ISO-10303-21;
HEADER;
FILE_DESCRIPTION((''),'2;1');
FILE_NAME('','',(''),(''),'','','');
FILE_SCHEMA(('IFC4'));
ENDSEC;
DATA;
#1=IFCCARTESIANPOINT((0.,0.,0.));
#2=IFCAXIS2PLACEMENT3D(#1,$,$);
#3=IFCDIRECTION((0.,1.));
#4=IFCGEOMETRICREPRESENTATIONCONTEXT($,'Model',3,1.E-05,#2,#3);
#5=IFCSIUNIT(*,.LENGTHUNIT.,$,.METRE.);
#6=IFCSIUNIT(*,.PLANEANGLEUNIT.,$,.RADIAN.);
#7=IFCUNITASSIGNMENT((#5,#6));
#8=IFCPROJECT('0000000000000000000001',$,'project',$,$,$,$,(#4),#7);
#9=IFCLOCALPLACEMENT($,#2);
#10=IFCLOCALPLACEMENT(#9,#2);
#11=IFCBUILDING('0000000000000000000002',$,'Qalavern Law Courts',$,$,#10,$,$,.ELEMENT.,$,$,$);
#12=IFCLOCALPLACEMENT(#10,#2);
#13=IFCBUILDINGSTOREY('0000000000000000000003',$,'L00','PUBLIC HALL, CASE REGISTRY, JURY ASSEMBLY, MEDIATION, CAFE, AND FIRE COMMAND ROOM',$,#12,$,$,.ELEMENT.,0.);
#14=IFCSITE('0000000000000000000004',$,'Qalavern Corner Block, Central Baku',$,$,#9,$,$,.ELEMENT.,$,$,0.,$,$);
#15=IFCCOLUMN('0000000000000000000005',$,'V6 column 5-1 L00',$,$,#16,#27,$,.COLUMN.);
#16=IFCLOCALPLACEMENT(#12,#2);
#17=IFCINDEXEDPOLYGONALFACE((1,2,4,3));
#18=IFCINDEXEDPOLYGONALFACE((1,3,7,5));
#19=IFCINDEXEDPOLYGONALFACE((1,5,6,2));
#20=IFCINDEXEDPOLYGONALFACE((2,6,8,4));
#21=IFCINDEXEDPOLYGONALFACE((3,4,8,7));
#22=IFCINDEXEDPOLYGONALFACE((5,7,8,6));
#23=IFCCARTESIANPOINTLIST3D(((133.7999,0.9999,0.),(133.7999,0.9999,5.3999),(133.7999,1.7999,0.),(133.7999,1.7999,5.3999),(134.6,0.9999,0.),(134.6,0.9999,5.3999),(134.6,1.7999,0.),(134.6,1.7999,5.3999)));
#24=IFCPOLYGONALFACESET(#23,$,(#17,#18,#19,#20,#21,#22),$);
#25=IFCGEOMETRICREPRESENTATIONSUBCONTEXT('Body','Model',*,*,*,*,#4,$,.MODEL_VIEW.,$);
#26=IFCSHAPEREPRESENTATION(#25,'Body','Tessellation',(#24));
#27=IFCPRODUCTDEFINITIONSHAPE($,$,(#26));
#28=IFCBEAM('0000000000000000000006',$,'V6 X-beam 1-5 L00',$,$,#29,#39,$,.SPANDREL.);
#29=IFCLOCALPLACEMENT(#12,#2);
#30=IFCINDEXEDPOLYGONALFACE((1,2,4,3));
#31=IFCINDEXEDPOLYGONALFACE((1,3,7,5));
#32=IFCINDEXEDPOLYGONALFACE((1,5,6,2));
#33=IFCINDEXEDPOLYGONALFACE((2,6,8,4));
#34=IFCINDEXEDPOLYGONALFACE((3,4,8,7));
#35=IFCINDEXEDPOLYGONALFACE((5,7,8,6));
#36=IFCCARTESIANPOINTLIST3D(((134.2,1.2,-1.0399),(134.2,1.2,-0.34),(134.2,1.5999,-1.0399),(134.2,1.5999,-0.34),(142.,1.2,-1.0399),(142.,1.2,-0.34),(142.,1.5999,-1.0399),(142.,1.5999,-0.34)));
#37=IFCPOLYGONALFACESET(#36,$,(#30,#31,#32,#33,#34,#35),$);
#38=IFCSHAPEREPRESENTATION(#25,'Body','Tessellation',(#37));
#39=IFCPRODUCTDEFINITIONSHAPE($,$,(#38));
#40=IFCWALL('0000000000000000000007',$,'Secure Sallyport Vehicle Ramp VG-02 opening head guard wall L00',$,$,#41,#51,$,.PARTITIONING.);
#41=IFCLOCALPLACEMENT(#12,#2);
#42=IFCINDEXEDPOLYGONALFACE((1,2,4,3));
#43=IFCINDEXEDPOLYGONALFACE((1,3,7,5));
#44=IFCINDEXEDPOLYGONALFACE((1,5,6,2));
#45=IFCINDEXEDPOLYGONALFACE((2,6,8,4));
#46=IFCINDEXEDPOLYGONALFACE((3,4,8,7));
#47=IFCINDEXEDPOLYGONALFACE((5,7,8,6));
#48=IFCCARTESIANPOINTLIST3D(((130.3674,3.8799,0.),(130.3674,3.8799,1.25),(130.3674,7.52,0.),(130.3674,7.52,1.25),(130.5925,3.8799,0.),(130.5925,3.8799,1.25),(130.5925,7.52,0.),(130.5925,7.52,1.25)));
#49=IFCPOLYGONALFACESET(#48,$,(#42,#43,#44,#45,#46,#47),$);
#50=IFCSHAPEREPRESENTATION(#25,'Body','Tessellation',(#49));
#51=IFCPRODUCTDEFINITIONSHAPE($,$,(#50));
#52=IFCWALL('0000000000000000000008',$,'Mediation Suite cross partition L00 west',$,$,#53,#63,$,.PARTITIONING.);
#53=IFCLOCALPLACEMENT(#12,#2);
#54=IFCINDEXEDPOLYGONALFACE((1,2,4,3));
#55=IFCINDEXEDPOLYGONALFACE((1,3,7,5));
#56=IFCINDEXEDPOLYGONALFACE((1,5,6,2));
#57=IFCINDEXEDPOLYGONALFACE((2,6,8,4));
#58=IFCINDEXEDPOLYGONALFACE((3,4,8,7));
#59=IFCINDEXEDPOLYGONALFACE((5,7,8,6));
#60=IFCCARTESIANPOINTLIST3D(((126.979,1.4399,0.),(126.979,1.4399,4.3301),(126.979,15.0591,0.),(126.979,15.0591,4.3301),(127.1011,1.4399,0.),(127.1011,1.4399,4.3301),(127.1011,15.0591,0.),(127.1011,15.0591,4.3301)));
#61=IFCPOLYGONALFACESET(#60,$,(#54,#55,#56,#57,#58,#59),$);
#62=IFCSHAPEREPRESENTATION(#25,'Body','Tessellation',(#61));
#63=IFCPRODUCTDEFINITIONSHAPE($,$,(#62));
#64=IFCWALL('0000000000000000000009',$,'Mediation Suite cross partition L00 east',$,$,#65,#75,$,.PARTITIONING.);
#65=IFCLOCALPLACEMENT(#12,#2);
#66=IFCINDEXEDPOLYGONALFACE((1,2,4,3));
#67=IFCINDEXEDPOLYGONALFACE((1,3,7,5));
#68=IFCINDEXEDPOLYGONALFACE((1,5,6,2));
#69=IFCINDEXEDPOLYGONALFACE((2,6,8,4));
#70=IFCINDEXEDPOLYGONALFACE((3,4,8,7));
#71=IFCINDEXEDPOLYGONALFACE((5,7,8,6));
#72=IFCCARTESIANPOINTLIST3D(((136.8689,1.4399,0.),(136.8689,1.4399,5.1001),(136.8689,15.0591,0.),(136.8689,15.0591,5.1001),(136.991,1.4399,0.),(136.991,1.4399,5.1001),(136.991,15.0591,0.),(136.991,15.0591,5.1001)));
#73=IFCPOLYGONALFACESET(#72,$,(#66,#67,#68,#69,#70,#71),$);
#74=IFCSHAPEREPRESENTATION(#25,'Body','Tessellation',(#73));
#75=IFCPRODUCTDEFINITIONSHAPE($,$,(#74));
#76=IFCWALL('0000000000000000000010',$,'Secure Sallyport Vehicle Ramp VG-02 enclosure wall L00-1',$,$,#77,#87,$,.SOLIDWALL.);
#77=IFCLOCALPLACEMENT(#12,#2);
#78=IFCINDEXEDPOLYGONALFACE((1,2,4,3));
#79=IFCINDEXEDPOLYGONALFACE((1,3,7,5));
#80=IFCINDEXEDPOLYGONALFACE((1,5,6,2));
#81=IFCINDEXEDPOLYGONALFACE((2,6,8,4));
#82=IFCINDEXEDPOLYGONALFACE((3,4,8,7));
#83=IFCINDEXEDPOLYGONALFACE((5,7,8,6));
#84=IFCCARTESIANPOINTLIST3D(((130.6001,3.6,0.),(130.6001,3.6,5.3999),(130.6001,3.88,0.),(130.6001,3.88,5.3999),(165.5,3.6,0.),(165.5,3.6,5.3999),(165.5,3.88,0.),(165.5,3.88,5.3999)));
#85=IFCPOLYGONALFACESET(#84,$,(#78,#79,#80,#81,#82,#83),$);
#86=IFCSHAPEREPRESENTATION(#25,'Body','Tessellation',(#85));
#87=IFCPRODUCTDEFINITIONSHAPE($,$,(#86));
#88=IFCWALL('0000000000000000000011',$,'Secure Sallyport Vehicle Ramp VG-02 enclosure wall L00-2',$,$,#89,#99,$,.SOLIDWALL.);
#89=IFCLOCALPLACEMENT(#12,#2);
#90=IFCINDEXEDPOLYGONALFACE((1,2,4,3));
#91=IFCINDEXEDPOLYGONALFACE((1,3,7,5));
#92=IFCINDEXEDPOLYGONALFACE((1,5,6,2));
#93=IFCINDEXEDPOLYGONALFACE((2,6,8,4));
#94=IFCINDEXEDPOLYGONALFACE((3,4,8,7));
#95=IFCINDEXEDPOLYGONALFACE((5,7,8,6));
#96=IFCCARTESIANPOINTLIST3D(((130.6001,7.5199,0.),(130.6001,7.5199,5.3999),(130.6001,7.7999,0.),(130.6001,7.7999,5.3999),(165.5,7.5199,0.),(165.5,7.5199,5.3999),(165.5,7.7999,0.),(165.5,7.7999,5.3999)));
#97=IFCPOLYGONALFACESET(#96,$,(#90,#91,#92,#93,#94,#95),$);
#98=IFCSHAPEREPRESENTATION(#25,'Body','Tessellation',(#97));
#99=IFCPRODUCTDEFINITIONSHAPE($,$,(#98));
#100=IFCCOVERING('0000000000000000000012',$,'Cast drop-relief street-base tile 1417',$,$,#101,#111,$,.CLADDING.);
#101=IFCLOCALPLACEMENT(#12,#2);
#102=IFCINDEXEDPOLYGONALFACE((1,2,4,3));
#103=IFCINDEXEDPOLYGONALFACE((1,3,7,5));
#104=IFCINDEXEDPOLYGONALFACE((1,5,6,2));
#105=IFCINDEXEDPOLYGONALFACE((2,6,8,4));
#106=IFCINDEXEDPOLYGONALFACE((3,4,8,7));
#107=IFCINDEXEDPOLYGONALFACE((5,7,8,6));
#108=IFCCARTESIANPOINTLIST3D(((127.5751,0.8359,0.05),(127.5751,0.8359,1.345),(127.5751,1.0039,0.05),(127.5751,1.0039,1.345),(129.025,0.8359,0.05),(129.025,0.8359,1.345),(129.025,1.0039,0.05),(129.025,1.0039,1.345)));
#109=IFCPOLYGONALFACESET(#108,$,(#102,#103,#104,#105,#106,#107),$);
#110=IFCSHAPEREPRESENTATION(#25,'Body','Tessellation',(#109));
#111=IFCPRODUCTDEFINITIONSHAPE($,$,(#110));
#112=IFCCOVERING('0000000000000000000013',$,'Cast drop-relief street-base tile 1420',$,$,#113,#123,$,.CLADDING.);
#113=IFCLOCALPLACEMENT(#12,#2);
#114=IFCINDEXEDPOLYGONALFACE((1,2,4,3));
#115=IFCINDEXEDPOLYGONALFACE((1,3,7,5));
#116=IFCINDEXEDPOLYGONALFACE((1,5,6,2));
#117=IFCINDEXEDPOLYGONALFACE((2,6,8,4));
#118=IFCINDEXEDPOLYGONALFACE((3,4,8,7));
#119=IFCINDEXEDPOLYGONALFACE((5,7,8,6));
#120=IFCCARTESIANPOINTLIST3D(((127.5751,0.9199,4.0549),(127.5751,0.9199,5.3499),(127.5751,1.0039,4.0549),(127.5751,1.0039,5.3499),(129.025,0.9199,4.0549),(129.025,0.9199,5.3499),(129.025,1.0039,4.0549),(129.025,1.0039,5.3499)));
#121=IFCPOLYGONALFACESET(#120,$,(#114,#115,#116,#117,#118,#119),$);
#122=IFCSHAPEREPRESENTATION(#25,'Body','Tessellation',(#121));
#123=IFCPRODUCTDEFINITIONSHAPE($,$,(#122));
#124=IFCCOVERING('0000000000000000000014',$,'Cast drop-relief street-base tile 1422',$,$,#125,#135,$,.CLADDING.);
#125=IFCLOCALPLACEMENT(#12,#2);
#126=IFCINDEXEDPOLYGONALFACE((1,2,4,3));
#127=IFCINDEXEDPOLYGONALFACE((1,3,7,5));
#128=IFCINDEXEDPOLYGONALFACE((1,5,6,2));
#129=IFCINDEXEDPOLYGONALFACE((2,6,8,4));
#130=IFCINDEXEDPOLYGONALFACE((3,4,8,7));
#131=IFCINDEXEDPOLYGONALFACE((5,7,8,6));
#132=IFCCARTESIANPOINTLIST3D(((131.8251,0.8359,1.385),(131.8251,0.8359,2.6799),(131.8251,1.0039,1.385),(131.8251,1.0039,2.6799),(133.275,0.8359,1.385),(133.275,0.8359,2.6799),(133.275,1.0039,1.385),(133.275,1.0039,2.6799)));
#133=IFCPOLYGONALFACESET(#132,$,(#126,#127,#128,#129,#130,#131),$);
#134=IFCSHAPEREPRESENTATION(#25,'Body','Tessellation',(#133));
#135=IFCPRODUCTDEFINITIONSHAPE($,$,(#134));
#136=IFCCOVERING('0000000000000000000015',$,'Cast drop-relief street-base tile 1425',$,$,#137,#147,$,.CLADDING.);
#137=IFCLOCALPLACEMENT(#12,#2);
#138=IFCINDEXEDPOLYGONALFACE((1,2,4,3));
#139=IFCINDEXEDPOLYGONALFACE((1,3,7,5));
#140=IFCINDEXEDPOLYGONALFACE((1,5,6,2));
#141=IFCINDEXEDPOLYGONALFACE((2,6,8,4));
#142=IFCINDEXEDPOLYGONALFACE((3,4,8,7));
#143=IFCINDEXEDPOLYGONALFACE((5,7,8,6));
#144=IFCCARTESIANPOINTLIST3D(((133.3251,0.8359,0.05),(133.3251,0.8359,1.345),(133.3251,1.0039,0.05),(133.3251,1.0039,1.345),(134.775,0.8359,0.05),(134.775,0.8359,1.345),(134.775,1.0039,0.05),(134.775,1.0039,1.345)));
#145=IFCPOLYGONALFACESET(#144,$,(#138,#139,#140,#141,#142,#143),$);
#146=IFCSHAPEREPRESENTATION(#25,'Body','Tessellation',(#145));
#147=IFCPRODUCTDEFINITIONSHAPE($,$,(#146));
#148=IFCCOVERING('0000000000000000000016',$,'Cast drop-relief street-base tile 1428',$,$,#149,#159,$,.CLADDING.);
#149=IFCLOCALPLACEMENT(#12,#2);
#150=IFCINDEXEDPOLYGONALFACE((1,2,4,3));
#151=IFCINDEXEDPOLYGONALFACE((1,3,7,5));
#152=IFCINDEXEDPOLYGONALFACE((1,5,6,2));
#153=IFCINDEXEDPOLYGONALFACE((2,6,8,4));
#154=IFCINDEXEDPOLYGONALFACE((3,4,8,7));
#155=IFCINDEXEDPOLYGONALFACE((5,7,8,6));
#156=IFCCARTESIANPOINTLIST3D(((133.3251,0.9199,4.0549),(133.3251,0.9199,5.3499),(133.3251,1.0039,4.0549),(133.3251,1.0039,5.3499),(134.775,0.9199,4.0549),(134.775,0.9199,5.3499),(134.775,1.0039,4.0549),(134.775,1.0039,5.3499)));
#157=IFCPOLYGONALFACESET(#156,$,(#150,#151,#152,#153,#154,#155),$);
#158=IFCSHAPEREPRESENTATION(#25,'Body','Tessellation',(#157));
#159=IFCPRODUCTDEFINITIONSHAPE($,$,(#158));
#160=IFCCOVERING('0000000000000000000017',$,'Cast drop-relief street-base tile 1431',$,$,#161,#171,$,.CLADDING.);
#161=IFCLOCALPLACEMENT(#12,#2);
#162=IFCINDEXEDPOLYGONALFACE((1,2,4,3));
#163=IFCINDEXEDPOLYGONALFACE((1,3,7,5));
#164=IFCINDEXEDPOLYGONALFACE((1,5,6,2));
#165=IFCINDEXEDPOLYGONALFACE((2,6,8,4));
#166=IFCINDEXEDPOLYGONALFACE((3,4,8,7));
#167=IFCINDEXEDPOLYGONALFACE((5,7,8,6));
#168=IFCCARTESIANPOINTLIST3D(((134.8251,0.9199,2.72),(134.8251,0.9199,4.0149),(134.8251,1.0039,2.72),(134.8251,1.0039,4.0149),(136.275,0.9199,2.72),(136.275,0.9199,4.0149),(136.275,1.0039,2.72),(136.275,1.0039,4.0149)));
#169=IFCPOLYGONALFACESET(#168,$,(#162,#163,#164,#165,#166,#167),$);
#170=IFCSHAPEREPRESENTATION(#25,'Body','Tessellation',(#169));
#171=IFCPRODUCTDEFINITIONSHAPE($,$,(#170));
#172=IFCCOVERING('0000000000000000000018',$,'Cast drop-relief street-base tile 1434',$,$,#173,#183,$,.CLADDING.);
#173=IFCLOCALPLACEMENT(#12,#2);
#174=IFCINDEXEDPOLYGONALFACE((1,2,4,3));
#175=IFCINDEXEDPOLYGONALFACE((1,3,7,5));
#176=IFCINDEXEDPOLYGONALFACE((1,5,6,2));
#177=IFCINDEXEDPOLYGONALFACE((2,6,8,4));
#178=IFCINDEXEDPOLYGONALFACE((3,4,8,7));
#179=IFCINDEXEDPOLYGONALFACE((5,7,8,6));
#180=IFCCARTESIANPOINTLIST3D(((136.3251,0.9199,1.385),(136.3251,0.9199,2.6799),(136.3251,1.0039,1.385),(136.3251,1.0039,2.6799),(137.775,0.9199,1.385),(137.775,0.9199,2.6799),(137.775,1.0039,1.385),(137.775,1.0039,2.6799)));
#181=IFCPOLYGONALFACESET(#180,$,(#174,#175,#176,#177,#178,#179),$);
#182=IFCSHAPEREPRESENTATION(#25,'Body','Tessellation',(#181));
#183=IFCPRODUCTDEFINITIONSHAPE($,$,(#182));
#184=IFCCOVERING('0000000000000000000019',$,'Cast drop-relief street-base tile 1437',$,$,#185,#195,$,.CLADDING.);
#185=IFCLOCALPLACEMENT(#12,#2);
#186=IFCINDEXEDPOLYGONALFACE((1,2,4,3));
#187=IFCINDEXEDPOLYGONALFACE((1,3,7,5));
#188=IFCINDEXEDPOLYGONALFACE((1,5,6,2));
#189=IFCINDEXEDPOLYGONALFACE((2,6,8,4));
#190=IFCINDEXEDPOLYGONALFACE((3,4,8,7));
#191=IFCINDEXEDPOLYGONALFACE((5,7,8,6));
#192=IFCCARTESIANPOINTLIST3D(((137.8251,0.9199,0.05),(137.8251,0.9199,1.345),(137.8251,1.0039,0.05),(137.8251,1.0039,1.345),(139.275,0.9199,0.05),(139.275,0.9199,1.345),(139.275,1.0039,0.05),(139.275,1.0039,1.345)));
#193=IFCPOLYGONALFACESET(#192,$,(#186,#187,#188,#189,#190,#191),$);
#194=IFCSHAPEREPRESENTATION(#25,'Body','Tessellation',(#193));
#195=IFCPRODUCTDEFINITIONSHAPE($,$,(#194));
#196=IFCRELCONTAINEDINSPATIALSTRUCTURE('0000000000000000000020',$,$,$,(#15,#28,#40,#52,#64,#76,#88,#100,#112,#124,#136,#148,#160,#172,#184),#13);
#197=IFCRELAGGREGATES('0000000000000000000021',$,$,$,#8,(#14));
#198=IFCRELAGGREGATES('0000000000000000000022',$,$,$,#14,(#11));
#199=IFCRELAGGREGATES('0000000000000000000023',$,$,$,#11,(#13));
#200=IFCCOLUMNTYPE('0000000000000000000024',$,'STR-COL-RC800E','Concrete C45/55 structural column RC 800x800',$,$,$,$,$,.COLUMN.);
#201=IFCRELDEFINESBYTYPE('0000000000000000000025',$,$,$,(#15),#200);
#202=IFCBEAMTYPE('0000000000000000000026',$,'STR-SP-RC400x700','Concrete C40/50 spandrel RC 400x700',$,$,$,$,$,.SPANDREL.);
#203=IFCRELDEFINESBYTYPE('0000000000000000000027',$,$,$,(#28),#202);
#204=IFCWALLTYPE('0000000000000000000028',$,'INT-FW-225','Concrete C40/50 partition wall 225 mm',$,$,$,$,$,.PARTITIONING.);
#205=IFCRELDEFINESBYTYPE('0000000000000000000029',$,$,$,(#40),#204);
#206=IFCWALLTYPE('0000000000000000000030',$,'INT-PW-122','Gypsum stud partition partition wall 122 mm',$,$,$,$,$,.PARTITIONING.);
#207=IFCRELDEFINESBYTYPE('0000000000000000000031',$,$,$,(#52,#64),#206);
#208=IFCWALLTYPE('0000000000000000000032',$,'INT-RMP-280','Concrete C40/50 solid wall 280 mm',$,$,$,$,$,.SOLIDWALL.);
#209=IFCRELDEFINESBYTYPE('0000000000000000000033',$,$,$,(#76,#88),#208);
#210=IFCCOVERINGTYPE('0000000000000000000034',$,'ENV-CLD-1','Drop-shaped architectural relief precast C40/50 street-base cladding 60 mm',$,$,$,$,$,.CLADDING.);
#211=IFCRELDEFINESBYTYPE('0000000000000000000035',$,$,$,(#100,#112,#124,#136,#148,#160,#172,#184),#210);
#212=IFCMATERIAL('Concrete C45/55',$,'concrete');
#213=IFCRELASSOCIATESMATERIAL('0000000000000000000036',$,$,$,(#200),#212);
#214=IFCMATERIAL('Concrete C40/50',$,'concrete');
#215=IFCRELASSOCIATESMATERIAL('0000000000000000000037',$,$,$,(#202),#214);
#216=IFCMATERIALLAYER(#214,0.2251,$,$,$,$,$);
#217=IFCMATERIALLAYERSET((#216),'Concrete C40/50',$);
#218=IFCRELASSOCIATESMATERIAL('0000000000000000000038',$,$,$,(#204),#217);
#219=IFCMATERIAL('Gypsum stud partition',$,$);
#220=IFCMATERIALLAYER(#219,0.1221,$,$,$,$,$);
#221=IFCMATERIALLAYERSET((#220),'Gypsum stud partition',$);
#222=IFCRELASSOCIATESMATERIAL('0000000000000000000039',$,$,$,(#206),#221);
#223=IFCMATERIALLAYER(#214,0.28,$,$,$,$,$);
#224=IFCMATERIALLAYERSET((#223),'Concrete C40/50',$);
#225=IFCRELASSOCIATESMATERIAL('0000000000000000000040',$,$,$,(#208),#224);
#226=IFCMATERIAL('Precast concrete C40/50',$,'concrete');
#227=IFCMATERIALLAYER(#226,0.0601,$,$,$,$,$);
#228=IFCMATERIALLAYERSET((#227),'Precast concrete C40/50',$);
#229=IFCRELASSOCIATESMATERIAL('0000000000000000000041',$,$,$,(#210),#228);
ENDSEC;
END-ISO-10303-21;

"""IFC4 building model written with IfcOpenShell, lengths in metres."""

from ifc_helpers import new_model, si_unit, direction, frame, frame_2d, origin, origin_2d, place, context, subcontext, project, spatial, rectangle, extrude, material, layer, layer_set, material_profile, profile_set, type_object, element, save


model = new_model("IFC4")

# Units and contexts
model_context = context("Model", 3, precision=1e-05, world=origin(), true_north=direction((0.0, 1.0)))
body_context = subcontext(model_context, "Body", "Model", "MODEL_VIEW")
ifc_project = project(units=[si_unit("LENGTHUNIT", "METRE"), si_unit("PLANEANGLEUNIT", "RADIAN")], contexts=[model_context])

# Site, building, storey
site_placement = place(None, origin())
site = spatial("IfcSite", under=ifc_project, at=site_placement, Name="Qalavern Corner Block, Central Baku", CompositionType="ELEMENT", RefElevation=0.0)
building_placement = place(site_placement, origin())
building = spatial("IfcBuilding", under=site, at=building_placement, Name="Qalavern Law Courts", CompositionType="ELEMENT")
storey_placement = place(building_placement, origin())
storey = spatial("IfcBuildingStorey", under=building, at=storey_placement, Name="L00", Description="PUBLIC HALL, CASE REGISTRY, JURY ASSEMBLY, MEDIATION, CAFE, AND FIRE COMMAND ROOM", CompositionType="ELEMENT", Elevation=0.0)

# Column
ifc_material_1 = material(Name="Concrete C45/55", Category="concrete")
ifc_material_profile_1 = material_profile(ifc_material_1, rectangle(XDim=0.8, YDim=0.8, at=origin_2d()), Name="RC 800x800")
ifc_profile_set_1 = profile_set([ifc_material_profile_1], Name="Concrete C45/55")
column_type = type_object("IfcColumnType", Name="STR-COL-RC800E", Description="Concrete C45/55 structural column RC 800x800", PredefinedType="COLUMN", material=ifc_profile_set_1)
column_placement = place(storey_placement, frame((134.2, 1.3999, 0.0), z_axis=(0.0, 0.0, 1.0), x_axis=(1.0, 0.0, 0.0)))
element("IfcColumn", 1, at=column_placement, inside=storey, type_object=column_type, Name="V6 column 5-1 L00", PredefinedType="COLUMN", context=body_context, shape_type="SweptSolid", body=[
    extrude(rectangle(XDim=0.8, YDim=0.8, at=origin_2d()), origin(), (0.0, 0.0, 1.0), 5.3999),
])

# Beam
ifc_material_2 = material(Name="Concrete C40/50", Category="concrete")
ifc_material_profile_2 = material_profile(ifc_material_2, rectangle(XDim=0.3999, YDim=0.7, at=origin_2d()), Name="RC 400x700")
ifc_profile_set_2 = profile_set([ifc_material_profile_2], Name="Concrete C40/50")
beam_type = type_object("IfcBeamType", Name="STR-SP-RC400x700", Description="Concrete C40/50 spandrel RC 400x700", PredefinedType="SPANDREL", material=ifc_profile_set_2)
beam_placement = place(storey_placement, frame((134.2, 1.3999, -0.6899), z_axis=(1.0, 0.0, 0.0), x_axis=(0.0, 1.0, 0.0)))
element("IfcBeam", 2, at=beam_placement, inside=storey, type_object=beam_type, Name="V6 X-beam 1-5 L00", PredefinedType="SPANDREL", context=body_context, shape_type="SweptSolid", body=[
    extrude(rectangle(XDim=0.3999, YDim=0.7, at=origin_2d()), origin(), (0.0, 0.0, 1.0), 7.8),
])

# Walls
ifc_layer_1 = layer(ifc_material_2, 0.2251)
ifc_layer_set_1 = layer_set([ifc_layer_1], Name="Concrete C40/50")
wall_type_1 = type_object("IfcWallType", Name="INT-FW-225", Description="Concrete C40/50 partition wall 225 mm", PredefinedType="PARTITIONING", material=ifc_layer_set_1)
wall_1_placement = place(storey_placement, frame((130.48, 3.8799, 0.0), z_axis=(0.0, 0.0, 1.0), x_axis=(0.0, 1.0, 0.0)))
element("IfcWall", 3, at=wall_1_placement, inside=storey, type_object=wall_type_1, Name="Secure Sallyport Vehicle Ramp VG-02 opening head guard wall L00", PredefinedType="PARTITIONING", context=body_context, shape_type="SweptSolid", body=[
    extrude(rectangle(XDim=3.6401, YDim=0.2251, at=frame_2d((1.8201, 0.0))), origin(), (0.0, 0.0, 1.0), 1.25),
])
ifc_material_3 = material(Name="Gypsum stud partition")
ifc_layer_2 = layer(ifc_material_3, 0.1221)
ifc_layer_set_2 = layer_set([ifc_layer_2], Name="Gypsum stud partition")
wall_type_2 = type_object("IfcWallType", Name="INT-PW-122", Description="Gypsum stud partition partition wall 122 mm", PredefinedType="PARTITIONING", material=ifc_layer_set_2)
wall_2_placement = place(storey_placement, frame((127.04, 1.4399, 0.0), z_axis=(0.0, 0.0, 1.0), x_axis=(0.0, 1.0, 0.0)))
element("IfcWall", 4, at=wall_2_placement, inside=storey, type_object=wall_type_2, Name="Mediation Suite cross partition L00 west", PredefinedType="PARTITIONING", context=body_context, shape_type="SweptSolid", body=[
    extrude(rectangle(XDim=13.6191, YDim=0.1221, at=frame_2d((6.8096, 0.0))), origin(), (0.0, 0.0, 1.0), 4.3301),
])
wall_3_placement = place(storey_placement, frame((136.9299, 1.4399, 0.0), z_axis=(0.0, 0.0, 1.0), x_axis=(0.0, 1.0, 0.0)))
element("IfcWall", 5, at=wall_3_placement, inside=storey, type_object=wall_type_2, Name="Mediation Suite cross partition L00 east", PredefinedType="PARTITIONING", context=body_context, shape_type="SweptSolid", body=[
    extrude(rectangle(XDim=13.6191, YDim=0.1221, at=frame_2d((6.8096, 0.0))), origin(), (0.0, 0.0, 1.0), 5.1001),
])
ifc_layer_3 = layer(ifc_material_2, 0.28)
ifc_layer_set_3 = layer_set([ifc_layer_3], Name="Concrete C40/50")
wall_type_3 = type_object("IfcWallType", Name="INT-RMP-280", Description="Concrete C40/50 solid wall 280 mm", PredefinedType="SOLIDWALL", material=ifc_layer_set_3)
for number, where, z_axis, x_axis, name in (
    (6, (130.6001, 3.74, 0.0), (0.0, 0.0, 1.0), (1.0, 0.0, 0.0), "Secure Sallyport Vehicle Ramp VG-02 enclosure wall L00-1"),
    (7, (130.6001, 7.6599, 0.0), (0.0, 0.0, 1.0), (1.0, 0.0, 0.0), "Secure Sallyport Vehicle Ramp VG-02 enclosure wall L00-2"),
):
    element("IfcWall", number, at=place(storey_placement, frame(where, z_axis=z_axis, x_axis=x_axis)), inside=storey, type_object=wall_type_3, Name=name, PredefinedType="SOLIDWALL", context=body_context, shape_type="SweptSolid", body=[
        extrude(rectangle(XDim=34.8999, YDim=0.28, at=frame_2d((17.45, 0.0))), origin(), (0.0, 0.0, 1.0), 5.3999),
    ])

# Coverings
ifc_material_4 = material(Name="Precast concrete C40/50", Category="concrete")
ifc_layer_4 = layer(ifc_material_4, 0.0601)
ifc_layer_set_4 = layer_set([ifc_layer_4], Name="Precast concrete C40/50")
covering_type_1 = type_object("IfcCoveringType", Name="ENV-CLD-1", Description="Drop-shaped architectural relief precast C40/50 street-base cladding 60 mm", PredefinedType="CLADDING", material=ifc_layer_set_4)
covering_1_placement = place(storey_placement, frame((128.3, 0.9199, 0.05), z_axis=(0.0, 0.0, 1.0), x_axis=(1.0, 0.0, 0.0)))
element("IfcCovering", 8, at=covering_1_placement, inside=storey, type_object=covering_type_1, Name="Cast drop-relief street-base tile 1417", PredefinedType="CLADDING", context=body_context, shape_type="SweptSolid", body=[
    extrude(rectangle(XDim=1.45, YDim=0.168, at=origin_2d()), origin(), (0.0, 0.0, 1.0), 1.2949),
])
covering_2_placement = place(storey_placement, frame((128.3, 0.9619, 4.0549), z_axis=(0.0, 0.0, 1.0), x_axis=(1.0, 0.0, 0.0)))
element("IfcCovering", 9, at=covering_2_placement, inside=storey, type_object=covering_type_1, Name="Cast drop-relief street-base tile 1420", PredefinedType="CLADDING", context=body_context, shape_type="SweptSolid", body=[
    extrude(rectangle(XDim=1.45, YDim=0.084, at=origin_2d()), origin(), (0.0, 0.0, 1.0), 1.2949),
])
for number, where, z_axis, x_axis, name in (
    (10, (132.55, 0.9199, 1.385), (0.0, 0.0, 1.0), (1.0, 0.0, 0.0), "Cast drop-relief street-base tile 1422"),
    (11, (134.05, 0.9199, 0.05), (0.0, 0.0, 1.0), (1.0, 0.0, 0.0), "Cast drop-relief street-base tile 1425"),
):
    element("IfcCovering", number, at=place(storey_placement, frame(where, z_axis=z_axis, x_axis=x_axis)), inside=storey, type_object=covering_type_1, Name=name, PredefinedType="CLADDING", context=body_context, shape_type="SweptSolid", body=[
        extrude(rectangle(XDim=1.45, YDim=0.168, at=origin_2d()), origin(), (0.0, 0.0, 1.0), 1.2949),
    ])
for number, where, z_axis, x_axis, name in (
    (12, (134.05, 0.9619, 4.0549), (0.0, 0.0, 1.0), (1.0, 0.0, 0.0), "Cast drop-relief street-base tile 1428"),
    (13, (135.55, 0.9619, 2.72), (0.0, 0.0, 1.0), (1.0, 0.0, 0.0), "Cast drop-relief street-base tile 1431"),
    (14, (137.05, 0.9619, 1.385), (0.0, 0.0, 1.0), (1.0, 0.0, 0.0), "Cast drop-relief street-base tile 1434"),
    (15, (138.55, 0.9619, 0.05), (0.0, 0.0, 1.0), (1.0, 0.0, 0.0), "Cast drop-relief street-base tile 1437"),
):
    element("IfcCovering", number, at=place(storey_placement, frame(where, z_axis=z_axis, x_axis=x_axis)), inside=storey, type_object=covering_type_1, Name=name, PredefinedType="CLADDING", context=body_context, shape_type="SweptSolid", body=[
        extrude(rectangle(XDim=1.45, YDim=0.084, at=origin_2d()), origin(), (0.0, 0.0, 1.0), 1.2949),
    ])

save(model, "model.ifc")
